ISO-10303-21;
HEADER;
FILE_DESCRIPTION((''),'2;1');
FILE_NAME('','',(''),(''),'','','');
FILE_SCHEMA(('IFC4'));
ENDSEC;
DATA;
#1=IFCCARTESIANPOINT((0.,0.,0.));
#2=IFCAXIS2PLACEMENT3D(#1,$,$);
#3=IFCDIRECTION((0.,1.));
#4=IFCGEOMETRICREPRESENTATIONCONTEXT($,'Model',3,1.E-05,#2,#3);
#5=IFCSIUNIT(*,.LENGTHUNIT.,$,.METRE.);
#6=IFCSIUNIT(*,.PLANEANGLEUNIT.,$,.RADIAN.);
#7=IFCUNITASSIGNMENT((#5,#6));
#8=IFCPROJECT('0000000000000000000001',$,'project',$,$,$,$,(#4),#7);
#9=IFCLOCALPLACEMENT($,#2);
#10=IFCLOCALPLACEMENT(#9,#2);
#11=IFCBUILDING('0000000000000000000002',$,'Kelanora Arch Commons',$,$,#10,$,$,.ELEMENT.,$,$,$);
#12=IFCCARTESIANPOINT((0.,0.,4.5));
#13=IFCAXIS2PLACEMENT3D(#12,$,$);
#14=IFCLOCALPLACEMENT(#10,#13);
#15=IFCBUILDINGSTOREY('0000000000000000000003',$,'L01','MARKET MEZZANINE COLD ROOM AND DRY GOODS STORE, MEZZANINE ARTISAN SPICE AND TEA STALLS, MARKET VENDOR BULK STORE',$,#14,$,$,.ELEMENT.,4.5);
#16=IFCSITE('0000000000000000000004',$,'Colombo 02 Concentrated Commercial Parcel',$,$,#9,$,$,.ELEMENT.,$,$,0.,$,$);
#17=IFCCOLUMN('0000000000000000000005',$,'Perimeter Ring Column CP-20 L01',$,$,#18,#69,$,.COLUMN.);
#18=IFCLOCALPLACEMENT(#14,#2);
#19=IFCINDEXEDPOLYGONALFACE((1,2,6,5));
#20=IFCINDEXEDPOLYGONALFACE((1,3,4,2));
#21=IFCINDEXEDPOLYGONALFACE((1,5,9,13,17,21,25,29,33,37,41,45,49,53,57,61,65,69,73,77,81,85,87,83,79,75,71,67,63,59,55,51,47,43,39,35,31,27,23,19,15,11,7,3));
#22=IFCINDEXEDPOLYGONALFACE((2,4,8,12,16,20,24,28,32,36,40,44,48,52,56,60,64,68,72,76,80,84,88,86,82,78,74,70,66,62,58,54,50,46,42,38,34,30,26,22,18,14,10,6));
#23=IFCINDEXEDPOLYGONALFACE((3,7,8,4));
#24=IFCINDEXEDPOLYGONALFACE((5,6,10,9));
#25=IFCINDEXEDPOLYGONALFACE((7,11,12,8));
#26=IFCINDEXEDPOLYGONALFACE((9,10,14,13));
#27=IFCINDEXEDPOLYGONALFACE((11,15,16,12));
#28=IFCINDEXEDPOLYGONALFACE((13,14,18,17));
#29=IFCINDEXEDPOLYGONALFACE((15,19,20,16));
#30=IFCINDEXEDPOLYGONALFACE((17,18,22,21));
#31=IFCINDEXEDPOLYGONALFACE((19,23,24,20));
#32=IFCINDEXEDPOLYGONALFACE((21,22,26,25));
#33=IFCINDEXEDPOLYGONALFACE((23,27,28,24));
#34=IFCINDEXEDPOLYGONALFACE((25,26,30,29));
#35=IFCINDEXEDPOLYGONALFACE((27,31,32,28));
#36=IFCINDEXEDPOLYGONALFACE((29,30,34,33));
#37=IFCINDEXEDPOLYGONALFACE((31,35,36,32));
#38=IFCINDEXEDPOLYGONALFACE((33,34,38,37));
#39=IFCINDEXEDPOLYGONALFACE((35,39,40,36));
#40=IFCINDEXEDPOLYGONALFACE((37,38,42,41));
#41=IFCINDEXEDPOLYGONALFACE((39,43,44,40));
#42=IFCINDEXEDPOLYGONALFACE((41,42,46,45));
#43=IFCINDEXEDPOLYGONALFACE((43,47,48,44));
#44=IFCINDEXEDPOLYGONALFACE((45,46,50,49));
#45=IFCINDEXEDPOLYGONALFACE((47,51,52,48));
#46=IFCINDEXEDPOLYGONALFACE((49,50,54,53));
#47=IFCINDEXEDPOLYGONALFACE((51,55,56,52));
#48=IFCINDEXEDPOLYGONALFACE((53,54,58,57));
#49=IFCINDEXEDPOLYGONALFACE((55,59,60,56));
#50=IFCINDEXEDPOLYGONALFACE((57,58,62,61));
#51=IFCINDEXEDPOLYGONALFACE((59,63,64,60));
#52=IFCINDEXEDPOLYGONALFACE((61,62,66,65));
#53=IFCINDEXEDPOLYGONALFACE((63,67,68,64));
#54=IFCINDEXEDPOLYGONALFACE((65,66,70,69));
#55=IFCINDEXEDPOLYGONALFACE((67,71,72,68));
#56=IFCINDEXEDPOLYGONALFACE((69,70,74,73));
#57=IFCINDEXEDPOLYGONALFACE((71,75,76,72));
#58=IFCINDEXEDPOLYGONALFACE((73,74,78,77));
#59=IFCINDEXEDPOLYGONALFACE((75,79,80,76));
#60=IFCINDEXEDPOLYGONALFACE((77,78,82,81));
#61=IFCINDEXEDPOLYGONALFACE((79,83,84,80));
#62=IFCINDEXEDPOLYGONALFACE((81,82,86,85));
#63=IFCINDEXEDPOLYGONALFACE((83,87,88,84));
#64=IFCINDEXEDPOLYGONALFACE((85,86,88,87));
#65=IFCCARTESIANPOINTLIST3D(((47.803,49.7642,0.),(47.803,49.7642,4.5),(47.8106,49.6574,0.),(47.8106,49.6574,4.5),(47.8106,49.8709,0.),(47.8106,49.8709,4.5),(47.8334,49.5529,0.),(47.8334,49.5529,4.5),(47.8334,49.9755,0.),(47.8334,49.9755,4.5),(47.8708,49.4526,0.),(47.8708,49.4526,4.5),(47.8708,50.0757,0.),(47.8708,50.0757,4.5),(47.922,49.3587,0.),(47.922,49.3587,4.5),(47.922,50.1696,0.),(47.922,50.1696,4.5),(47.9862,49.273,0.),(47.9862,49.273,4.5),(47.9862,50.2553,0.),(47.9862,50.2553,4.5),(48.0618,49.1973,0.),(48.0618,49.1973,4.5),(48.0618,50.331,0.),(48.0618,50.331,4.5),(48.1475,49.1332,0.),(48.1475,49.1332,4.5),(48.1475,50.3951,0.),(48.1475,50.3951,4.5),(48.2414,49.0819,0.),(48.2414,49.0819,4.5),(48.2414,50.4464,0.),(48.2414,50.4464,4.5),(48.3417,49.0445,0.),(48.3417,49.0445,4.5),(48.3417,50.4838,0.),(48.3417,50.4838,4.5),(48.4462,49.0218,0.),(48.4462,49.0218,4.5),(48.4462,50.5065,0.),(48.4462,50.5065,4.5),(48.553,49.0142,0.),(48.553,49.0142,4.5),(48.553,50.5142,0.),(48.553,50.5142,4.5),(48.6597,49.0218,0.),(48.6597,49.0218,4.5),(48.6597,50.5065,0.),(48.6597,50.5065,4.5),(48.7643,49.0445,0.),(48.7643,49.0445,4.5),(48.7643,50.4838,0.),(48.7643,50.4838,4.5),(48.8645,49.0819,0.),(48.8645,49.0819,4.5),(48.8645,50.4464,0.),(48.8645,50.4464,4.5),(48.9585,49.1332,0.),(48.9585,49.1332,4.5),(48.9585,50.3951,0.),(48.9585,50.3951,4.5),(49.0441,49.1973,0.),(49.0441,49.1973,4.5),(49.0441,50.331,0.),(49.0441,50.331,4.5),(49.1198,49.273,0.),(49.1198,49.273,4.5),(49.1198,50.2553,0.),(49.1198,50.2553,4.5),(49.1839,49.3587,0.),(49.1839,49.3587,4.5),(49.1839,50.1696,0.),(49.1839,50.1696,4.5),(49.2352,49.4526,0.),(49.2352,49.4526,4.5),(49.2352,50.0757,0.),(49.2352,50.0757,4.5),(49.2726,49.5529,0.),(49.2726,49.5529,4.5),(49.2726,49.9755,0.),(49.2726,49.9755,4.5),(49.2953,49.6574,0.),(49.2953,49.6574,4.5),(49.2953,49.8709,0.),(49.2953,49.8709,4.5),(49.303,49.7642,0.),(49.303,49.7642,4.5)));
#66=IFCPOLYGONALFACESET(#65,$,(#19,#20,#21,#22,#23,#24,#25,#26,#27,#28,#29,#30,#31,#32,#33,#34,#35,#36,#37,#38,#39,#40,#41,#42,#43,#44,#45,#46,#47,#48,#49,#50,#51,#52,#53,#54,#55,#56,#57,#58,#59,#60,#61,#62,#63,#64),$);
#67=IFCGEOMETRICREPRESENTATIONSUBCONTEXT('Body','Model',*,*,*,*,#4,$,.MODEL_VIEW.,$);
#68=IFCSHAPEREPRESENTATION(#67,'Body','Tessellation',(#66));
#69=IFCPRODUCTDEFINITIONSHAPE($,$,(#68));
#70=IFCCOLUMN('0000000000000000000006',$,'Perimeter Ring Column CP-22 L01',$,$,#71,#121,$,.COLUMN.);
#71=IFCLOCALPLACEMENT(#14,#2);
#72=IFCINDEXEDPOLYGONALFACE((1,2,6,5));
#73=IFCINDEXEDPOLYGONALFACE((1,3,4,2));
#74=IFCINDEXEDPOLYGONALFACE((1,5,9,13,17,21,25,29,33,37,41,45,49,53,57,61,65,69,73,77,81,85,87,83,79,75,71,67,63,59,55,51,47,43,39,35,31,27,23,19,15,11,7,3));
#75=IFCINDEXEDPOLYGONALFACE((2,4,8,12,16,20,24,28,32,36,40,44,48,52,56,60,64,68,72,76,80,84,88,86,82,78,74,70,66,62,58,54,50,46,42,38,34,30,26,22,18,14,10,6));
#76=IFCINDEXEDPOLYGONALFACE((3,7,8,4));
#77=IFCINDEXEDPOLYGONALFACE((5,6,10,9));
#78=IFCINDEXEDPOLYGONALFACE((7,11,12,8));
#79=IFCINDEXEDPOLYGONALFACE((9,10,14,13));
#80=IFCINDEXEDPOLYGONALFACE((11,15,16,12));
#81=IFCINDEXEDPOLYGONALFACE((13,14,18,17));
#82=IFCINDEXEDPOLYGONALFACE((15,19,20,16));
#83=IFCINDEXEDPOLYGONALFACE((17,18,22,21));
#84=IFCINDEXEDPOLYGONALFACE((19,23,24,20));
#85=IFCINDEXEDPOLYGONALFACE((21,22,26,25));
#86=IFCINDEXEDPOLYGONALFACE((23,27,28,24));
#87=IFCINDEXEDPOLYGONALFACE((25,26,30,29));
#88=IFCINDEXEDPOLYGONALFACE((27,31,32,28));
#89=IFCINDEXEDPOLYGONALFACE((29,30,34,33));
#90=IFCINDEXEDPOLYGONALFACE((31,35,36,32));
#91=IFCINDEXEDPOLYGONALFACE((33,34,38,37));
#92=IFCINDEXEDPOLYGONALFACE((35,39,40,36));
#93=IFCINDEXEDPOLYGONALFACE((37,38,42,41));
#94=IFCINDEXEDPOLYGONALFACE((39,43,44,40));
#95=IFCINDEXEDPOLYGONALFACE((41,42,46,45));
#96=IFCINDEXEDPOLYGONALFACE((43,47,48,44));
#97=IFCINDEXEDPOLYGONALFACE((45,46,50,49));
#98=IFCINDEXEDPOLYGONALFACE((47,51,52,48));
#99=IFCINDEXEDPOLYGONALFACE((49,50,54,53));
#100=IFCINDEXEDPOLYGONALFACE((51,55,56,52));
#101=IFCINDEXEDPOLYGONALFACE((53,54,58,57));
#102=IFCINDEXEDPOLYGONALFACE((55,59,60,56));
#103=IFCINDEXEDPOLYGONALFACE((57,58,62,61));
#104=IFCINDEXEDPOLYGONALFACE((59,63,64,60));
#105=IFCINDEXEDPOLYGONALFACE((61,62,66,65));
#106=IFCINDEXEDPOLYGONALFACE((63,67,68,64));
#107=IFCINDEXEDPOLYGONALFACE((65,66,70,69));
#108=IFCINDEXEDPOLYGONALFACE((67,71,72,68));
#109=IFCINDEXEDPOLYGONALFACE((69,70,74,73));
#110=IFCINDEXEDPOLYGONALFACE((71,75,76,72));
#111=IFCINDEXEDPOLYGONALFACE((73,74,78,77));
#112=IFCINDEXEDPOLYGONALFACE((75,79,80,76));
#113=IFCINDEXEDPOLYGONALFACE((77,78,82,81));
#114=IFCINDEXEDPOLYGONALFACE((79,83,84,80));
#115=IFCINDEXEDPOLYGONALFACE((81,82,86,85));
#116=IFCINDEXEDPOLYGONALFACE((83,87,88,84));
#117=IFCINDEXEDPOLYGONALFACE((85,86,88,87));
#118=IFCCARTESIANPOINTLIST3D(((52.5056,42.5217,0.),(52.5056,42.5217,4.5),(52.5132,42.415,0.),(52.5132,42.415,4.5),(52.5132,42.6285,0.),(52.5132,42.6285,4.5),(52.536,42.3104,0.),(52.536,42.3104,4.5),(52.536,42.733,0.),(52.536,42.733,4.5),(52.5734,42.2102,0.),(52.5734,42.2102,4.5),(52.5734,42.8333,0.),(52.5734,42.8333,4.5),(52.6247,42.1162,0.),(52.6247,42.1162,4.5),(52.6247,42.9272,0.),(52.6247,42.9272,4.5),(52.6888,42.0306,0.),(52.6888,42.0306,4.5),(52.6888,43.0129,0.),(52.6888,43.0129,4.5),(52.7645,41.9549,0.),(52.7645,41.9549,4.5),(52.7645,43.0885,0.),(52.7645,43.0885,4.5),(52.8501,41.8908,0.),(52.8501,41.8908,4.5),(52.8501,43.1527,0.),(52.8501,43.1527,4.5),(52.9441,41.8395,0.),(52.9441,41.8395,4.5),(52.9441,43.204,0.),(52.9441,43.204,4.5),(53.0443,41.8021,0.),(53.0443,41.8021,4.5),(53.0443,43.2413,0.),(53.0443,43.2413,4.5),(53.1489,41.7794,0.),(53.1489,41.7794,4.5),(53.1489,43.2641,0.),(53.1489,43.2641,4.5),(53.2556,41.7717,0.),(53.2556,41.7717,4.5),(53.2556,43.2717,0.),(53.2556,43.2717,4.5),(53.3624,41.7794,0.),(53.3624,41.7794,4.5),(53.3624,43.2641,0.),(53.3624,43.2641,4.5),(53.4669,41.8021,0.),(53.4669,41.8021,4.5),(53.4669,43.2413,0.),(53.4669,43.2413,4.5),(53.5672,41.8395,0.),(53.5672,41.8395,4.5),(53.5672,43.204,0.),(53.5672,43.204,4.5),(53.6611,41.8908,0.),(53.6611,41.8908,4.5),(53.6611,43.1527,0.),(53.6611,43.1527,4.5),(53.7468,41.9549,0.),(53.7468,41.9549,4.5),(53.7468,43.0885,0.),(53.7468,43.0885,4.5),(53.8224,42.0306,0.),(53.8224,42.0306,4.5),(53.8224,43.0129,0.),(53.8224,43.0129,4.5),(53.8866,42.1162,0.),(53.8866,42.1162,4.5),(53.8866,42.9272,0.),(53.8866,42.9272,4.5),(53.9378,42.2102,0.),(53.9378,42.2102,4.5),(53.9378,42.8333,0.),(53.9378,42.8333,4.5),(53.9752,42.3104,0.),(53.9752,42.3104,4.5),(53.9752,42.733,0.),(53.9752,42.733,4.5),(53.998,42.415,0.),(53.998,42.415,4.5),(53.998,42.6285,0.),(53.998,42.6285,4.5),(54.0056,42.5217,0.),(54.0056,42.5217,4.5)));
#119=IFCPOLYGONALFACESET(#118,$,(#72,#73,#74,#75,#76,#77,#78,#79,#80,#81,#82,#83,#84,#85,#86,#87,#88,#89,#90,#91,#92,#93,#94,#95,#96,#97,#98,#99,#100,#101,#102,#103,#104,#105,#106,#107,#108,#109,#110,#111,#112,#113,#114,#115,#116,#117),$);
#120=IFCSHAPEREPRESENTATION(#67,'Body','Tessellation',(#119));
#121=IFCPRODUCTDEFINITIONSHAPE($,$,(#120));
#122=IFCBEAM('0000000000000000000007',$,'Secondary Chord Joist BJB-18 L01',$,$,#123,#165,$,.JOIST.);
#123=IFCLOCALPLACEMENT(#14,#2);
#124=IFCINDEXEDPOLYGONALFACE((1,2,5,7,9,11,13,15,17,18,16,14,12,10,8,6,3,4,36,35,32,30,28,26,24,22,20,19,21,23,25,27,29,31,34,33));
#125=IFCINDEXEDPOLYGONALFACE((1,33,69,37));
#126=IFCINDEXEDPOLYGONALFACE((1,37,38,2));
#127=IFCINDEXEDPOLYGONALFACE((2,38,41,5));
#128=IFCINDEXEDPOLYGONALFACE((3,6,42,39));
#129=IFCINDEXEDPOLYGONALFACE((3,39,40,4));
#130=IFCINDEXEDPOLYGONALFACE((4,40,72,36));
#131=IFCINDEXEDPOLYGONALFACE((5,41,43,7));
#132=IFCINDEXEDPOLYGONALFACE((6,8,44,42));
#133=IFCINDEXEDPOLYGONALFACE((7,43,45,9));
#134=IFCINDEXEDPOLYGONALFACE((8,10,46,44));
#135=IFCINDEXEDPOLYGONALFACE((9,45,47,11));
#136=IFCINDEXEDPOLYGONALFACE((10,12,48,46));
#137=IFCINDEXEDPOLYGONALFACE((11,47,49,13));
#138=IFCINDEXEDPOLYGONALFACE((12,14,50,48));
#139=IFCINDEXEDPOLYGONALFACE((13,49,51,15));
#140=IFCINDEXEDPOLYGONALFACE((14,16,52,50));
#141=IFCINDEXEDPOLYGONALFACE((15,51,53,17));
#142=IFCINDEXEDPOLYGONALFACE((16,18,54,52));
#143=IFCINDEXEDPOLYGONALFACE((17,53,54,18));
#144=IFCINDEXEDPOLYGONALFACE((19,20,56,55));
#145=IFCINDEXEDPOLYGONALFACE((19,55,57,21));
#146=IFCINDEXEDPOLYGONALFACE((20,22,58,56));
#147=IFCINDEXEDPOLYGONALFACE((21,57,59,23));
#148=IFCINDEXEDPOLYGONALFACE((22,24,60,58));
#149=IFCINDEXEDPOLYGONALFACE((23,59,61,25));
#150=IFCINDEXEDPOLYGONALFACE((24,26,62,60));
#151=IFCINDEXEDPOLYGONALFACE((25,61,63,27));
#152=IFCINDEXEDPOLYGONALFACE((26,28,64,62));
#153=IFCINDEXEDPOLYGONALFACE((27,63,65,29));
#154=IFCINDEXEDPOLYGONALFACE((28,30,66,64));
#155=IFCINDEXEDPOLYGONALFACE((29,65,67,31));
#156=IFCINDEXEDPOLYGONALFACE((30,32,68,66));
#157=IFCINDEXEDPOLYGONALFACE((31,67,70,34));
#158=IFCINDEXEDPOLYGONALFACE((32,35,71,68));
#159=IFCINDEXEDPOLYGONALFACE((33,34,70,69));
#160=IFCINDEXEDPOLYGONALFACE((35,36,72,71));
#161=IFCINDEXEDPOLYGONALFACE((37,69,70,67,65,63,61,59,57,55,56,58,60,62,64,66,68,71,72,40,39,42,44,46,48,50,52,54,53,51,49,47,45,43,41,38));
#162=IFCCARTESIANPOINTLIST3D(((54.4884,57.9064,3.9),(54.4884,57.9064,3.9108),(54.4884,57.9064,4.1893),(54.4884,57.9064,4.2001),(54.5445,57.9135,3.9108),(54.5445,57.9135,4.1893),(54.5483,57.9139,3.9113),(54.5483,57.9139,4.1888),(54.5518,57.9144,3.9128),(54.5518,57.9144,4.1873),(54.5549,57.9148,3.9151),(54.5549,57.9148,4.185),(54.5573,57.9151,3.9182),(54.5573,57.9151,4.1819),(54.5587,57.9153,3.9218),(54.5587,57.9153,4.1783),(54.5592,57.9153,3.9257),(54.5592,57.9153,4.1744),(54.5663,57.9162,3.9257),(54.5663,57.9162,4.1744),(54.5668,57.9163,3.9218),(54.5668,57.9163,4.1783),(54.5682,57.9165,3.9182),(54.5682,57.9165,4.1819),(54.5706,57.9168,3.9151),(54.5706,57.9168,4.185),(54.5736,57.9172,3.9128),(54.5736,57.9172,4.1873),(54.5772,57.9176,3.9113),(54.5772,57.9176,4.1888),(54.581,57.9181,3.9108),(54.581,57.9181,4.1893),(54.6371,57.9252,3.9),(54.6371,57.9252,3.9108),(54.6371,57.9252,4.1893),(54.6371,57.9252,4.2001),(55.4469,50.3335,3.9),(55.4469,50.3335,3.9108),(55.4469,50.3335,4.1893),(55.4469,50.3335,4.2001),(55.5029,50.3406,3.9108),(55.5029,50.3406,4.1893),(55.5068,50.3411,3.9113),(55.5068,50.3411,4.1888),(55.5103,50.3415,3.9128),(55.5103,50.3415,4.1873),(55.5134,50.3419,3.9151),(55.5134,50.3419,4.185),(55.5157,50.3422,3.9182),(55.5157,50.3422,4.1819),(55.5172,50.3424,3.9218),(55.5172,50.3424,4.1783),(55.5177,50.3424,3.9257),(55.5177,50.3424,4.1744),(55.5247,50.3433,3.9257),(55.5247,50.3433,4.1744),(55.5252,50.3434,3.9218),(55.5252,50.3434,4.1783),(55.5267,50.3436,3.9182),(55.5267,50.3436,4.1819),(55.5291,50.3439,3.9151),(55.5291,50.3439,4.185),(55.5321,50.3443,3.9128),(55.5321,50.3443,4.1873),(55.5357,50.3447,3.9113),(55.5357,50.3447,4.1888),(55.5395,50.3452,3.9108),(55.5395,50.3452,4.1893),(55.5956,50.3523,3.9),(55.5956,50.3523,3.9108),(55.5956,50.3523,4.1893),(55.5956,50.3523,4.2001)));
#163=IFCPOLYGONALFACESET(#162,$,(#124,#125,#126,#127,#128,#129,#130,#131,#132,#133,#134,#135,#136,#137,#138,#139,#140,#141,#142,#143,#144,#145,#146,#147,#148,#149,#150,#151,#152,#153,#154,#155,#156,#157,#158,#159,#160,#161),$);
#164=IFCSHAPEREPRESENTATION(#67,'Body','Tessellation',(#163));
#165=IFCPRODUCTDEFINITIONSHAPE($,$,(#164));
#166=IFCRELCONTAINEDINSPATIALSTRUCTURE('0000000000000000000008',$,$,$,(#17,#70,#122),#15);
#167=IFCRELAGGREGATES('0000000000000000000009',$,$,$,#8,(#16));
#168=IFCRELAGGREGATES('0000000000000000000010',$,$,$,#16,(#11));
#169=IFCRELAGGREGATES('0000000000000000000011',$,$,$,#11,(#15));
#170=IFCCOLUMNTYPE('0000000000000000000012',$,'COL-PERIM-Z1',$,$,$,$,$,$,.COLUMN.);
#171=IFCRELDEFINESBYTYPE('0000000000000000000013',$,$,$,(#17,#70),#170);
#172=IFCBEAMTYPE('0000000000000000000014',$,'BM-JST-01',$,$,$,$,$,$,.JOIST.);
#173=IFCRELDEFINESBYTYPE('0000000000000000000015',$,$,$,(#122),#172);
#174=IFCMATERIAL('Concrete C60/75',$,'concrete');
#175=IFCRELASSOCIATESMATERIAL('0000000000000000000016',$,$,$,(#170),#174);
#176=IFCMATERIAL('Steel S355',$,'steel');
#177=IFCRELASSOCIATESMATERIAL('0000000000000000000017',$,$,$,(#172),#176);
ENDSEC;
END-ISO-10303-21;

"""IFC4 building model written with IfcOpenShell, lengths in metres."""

from ifc_helpers import new_model, si_unit, direction, frame, origin, origin_2d, place, context, subcontext, project, spatial, circle, i_section, extrude, material, material_profile, profile_set, type_object, element, save


model = new_model("IFC4")

# Units and contexts
model_context = context("Model", 3, precision=1e-05, world=origin(), true_north=direction((0.0, 1.0)))
body_context = subcontext(model_context, "Body", "Model", "MODEL_VIEW")
ifc_project = project(units=[si_unit("LENGTHUNIT", "METRE"), si_unit("PLANEANGLEUNIT", "RADIAN")], contexts=[model_context])

# Site, building, storey
site_placement = place(None, origin())
site = spatial("IfcSite", under=ifc_project, at=site_placement, Name="Colombo 02 Concentrated Commercial Parcel", CompositionType="ELEMENT", RefElevation=0.0)
building_placement = place(site_placement, origin())
building = spatial("IfcBuilding", under=site, at=building_placement, Name="Kelanora Arch Commons", CompositionType="ELEMENT")
storey_placement = place(building_placement, frame((0.0, 0.0, 4.5)))
storey = spatial("IfcBuildingStorey", under=building, at=storey_placement, Name="L01", Description="MARKET MEZZANINE COLD ROOM AND DRY GOODS STORE, MEZZANINE ARTISAN SPICE AND TEA STALLS, MARKET VENDOR BULK STORE", CompositionType="ELEMENT", Elevation=4.5)

# Columns
ifc_material_1 = material(Name="Concrete C60/75", Category="concrete")
ifc_material_profile_1 = material_profile(ifc_material_1, circle(Radius=0.75, at=origin_2d()), Name="RCC1500")
ifc_profile_set_1 = profile_set([ifc_material_profile_1], Name="Concrete C60/75")
column_type = type_object("IfcColumnType", Name="COL-PERIM-Z1", PredefinedType="COLUMN", material=ifc_profile_set_1)
for number, where, z_axis, x_axis, name in (
    (1, (48.553, 49.7642, 0.0), (0.0, 0.0, 1.0), (1.0, 0.0, 0.0), "Perimeter Ring Column CP-20 L01"),
    (2, (53.2556, 42.5217, 0.0), (0.0, 0.0, 1.0), (1.0, 0.0, 0.0), "Perimeter Ring Column CP-22 L01"),
):
    element("IfcColumn", number, at=place(storey_placement, frame(where, z_axis=z_axis, x_axis=x_axis)), inside=storey, type_object=column_type, Name=name, PredefinedType="COLUMN", context=body_context, shape_type="SweptSolid", body=[
        extrude(circle(Radius=0.75, at=origin_2d()), origin(), (0.0, 0.0, 1.0), 4.5),
    ])

# Beam
ifc_material_2 = material(Name="Steel S355", Category="steel")
ifc_material_profile_2 = material_profile(ifc_material_2, i_section(OverallWidth=0.1499, OverallDepth=0.3, WebThickness=0.0071, FlangeThickness=0.0107, FilletRadius=0.0149, at=origin_2d()), Name="IPE300")
ifc_profile_set_2 = profile_set([ifc_material_profile_2], Name="Steel S355")
beam_type_1 = type_object("IfcBeamType", Name="BM-JST-01", PredefinedType="JOIST", material=ifc_profile_set_2)
beam_1_placement = place(storey_placement, frame((54.5627, 57.9158, 4.05), z_axis=(0.125566, -0.992085, 0.0), x_axis=(0.992085, 0.125566, 0.0)))
element("IfcBeam", 3, at=beam_1_placement, inside=storey, type_object=beam_type_1, Name="Secondary Chord Joist BJB-18 L01", PredefinedType="JOIST", context=body_context, shape_type="SweptSolid", body=[
    extrude(i_section(OverallWidth=0.1499, OverallDepth=0.3, WebThickness=0.0071, FlangeThickness=0.0107, FilletRadius=0.0149, at=origin_2d()), origin(), (0.0, 0.0, 1.0), 7.6333),
])

save(model, "model.ifc")
